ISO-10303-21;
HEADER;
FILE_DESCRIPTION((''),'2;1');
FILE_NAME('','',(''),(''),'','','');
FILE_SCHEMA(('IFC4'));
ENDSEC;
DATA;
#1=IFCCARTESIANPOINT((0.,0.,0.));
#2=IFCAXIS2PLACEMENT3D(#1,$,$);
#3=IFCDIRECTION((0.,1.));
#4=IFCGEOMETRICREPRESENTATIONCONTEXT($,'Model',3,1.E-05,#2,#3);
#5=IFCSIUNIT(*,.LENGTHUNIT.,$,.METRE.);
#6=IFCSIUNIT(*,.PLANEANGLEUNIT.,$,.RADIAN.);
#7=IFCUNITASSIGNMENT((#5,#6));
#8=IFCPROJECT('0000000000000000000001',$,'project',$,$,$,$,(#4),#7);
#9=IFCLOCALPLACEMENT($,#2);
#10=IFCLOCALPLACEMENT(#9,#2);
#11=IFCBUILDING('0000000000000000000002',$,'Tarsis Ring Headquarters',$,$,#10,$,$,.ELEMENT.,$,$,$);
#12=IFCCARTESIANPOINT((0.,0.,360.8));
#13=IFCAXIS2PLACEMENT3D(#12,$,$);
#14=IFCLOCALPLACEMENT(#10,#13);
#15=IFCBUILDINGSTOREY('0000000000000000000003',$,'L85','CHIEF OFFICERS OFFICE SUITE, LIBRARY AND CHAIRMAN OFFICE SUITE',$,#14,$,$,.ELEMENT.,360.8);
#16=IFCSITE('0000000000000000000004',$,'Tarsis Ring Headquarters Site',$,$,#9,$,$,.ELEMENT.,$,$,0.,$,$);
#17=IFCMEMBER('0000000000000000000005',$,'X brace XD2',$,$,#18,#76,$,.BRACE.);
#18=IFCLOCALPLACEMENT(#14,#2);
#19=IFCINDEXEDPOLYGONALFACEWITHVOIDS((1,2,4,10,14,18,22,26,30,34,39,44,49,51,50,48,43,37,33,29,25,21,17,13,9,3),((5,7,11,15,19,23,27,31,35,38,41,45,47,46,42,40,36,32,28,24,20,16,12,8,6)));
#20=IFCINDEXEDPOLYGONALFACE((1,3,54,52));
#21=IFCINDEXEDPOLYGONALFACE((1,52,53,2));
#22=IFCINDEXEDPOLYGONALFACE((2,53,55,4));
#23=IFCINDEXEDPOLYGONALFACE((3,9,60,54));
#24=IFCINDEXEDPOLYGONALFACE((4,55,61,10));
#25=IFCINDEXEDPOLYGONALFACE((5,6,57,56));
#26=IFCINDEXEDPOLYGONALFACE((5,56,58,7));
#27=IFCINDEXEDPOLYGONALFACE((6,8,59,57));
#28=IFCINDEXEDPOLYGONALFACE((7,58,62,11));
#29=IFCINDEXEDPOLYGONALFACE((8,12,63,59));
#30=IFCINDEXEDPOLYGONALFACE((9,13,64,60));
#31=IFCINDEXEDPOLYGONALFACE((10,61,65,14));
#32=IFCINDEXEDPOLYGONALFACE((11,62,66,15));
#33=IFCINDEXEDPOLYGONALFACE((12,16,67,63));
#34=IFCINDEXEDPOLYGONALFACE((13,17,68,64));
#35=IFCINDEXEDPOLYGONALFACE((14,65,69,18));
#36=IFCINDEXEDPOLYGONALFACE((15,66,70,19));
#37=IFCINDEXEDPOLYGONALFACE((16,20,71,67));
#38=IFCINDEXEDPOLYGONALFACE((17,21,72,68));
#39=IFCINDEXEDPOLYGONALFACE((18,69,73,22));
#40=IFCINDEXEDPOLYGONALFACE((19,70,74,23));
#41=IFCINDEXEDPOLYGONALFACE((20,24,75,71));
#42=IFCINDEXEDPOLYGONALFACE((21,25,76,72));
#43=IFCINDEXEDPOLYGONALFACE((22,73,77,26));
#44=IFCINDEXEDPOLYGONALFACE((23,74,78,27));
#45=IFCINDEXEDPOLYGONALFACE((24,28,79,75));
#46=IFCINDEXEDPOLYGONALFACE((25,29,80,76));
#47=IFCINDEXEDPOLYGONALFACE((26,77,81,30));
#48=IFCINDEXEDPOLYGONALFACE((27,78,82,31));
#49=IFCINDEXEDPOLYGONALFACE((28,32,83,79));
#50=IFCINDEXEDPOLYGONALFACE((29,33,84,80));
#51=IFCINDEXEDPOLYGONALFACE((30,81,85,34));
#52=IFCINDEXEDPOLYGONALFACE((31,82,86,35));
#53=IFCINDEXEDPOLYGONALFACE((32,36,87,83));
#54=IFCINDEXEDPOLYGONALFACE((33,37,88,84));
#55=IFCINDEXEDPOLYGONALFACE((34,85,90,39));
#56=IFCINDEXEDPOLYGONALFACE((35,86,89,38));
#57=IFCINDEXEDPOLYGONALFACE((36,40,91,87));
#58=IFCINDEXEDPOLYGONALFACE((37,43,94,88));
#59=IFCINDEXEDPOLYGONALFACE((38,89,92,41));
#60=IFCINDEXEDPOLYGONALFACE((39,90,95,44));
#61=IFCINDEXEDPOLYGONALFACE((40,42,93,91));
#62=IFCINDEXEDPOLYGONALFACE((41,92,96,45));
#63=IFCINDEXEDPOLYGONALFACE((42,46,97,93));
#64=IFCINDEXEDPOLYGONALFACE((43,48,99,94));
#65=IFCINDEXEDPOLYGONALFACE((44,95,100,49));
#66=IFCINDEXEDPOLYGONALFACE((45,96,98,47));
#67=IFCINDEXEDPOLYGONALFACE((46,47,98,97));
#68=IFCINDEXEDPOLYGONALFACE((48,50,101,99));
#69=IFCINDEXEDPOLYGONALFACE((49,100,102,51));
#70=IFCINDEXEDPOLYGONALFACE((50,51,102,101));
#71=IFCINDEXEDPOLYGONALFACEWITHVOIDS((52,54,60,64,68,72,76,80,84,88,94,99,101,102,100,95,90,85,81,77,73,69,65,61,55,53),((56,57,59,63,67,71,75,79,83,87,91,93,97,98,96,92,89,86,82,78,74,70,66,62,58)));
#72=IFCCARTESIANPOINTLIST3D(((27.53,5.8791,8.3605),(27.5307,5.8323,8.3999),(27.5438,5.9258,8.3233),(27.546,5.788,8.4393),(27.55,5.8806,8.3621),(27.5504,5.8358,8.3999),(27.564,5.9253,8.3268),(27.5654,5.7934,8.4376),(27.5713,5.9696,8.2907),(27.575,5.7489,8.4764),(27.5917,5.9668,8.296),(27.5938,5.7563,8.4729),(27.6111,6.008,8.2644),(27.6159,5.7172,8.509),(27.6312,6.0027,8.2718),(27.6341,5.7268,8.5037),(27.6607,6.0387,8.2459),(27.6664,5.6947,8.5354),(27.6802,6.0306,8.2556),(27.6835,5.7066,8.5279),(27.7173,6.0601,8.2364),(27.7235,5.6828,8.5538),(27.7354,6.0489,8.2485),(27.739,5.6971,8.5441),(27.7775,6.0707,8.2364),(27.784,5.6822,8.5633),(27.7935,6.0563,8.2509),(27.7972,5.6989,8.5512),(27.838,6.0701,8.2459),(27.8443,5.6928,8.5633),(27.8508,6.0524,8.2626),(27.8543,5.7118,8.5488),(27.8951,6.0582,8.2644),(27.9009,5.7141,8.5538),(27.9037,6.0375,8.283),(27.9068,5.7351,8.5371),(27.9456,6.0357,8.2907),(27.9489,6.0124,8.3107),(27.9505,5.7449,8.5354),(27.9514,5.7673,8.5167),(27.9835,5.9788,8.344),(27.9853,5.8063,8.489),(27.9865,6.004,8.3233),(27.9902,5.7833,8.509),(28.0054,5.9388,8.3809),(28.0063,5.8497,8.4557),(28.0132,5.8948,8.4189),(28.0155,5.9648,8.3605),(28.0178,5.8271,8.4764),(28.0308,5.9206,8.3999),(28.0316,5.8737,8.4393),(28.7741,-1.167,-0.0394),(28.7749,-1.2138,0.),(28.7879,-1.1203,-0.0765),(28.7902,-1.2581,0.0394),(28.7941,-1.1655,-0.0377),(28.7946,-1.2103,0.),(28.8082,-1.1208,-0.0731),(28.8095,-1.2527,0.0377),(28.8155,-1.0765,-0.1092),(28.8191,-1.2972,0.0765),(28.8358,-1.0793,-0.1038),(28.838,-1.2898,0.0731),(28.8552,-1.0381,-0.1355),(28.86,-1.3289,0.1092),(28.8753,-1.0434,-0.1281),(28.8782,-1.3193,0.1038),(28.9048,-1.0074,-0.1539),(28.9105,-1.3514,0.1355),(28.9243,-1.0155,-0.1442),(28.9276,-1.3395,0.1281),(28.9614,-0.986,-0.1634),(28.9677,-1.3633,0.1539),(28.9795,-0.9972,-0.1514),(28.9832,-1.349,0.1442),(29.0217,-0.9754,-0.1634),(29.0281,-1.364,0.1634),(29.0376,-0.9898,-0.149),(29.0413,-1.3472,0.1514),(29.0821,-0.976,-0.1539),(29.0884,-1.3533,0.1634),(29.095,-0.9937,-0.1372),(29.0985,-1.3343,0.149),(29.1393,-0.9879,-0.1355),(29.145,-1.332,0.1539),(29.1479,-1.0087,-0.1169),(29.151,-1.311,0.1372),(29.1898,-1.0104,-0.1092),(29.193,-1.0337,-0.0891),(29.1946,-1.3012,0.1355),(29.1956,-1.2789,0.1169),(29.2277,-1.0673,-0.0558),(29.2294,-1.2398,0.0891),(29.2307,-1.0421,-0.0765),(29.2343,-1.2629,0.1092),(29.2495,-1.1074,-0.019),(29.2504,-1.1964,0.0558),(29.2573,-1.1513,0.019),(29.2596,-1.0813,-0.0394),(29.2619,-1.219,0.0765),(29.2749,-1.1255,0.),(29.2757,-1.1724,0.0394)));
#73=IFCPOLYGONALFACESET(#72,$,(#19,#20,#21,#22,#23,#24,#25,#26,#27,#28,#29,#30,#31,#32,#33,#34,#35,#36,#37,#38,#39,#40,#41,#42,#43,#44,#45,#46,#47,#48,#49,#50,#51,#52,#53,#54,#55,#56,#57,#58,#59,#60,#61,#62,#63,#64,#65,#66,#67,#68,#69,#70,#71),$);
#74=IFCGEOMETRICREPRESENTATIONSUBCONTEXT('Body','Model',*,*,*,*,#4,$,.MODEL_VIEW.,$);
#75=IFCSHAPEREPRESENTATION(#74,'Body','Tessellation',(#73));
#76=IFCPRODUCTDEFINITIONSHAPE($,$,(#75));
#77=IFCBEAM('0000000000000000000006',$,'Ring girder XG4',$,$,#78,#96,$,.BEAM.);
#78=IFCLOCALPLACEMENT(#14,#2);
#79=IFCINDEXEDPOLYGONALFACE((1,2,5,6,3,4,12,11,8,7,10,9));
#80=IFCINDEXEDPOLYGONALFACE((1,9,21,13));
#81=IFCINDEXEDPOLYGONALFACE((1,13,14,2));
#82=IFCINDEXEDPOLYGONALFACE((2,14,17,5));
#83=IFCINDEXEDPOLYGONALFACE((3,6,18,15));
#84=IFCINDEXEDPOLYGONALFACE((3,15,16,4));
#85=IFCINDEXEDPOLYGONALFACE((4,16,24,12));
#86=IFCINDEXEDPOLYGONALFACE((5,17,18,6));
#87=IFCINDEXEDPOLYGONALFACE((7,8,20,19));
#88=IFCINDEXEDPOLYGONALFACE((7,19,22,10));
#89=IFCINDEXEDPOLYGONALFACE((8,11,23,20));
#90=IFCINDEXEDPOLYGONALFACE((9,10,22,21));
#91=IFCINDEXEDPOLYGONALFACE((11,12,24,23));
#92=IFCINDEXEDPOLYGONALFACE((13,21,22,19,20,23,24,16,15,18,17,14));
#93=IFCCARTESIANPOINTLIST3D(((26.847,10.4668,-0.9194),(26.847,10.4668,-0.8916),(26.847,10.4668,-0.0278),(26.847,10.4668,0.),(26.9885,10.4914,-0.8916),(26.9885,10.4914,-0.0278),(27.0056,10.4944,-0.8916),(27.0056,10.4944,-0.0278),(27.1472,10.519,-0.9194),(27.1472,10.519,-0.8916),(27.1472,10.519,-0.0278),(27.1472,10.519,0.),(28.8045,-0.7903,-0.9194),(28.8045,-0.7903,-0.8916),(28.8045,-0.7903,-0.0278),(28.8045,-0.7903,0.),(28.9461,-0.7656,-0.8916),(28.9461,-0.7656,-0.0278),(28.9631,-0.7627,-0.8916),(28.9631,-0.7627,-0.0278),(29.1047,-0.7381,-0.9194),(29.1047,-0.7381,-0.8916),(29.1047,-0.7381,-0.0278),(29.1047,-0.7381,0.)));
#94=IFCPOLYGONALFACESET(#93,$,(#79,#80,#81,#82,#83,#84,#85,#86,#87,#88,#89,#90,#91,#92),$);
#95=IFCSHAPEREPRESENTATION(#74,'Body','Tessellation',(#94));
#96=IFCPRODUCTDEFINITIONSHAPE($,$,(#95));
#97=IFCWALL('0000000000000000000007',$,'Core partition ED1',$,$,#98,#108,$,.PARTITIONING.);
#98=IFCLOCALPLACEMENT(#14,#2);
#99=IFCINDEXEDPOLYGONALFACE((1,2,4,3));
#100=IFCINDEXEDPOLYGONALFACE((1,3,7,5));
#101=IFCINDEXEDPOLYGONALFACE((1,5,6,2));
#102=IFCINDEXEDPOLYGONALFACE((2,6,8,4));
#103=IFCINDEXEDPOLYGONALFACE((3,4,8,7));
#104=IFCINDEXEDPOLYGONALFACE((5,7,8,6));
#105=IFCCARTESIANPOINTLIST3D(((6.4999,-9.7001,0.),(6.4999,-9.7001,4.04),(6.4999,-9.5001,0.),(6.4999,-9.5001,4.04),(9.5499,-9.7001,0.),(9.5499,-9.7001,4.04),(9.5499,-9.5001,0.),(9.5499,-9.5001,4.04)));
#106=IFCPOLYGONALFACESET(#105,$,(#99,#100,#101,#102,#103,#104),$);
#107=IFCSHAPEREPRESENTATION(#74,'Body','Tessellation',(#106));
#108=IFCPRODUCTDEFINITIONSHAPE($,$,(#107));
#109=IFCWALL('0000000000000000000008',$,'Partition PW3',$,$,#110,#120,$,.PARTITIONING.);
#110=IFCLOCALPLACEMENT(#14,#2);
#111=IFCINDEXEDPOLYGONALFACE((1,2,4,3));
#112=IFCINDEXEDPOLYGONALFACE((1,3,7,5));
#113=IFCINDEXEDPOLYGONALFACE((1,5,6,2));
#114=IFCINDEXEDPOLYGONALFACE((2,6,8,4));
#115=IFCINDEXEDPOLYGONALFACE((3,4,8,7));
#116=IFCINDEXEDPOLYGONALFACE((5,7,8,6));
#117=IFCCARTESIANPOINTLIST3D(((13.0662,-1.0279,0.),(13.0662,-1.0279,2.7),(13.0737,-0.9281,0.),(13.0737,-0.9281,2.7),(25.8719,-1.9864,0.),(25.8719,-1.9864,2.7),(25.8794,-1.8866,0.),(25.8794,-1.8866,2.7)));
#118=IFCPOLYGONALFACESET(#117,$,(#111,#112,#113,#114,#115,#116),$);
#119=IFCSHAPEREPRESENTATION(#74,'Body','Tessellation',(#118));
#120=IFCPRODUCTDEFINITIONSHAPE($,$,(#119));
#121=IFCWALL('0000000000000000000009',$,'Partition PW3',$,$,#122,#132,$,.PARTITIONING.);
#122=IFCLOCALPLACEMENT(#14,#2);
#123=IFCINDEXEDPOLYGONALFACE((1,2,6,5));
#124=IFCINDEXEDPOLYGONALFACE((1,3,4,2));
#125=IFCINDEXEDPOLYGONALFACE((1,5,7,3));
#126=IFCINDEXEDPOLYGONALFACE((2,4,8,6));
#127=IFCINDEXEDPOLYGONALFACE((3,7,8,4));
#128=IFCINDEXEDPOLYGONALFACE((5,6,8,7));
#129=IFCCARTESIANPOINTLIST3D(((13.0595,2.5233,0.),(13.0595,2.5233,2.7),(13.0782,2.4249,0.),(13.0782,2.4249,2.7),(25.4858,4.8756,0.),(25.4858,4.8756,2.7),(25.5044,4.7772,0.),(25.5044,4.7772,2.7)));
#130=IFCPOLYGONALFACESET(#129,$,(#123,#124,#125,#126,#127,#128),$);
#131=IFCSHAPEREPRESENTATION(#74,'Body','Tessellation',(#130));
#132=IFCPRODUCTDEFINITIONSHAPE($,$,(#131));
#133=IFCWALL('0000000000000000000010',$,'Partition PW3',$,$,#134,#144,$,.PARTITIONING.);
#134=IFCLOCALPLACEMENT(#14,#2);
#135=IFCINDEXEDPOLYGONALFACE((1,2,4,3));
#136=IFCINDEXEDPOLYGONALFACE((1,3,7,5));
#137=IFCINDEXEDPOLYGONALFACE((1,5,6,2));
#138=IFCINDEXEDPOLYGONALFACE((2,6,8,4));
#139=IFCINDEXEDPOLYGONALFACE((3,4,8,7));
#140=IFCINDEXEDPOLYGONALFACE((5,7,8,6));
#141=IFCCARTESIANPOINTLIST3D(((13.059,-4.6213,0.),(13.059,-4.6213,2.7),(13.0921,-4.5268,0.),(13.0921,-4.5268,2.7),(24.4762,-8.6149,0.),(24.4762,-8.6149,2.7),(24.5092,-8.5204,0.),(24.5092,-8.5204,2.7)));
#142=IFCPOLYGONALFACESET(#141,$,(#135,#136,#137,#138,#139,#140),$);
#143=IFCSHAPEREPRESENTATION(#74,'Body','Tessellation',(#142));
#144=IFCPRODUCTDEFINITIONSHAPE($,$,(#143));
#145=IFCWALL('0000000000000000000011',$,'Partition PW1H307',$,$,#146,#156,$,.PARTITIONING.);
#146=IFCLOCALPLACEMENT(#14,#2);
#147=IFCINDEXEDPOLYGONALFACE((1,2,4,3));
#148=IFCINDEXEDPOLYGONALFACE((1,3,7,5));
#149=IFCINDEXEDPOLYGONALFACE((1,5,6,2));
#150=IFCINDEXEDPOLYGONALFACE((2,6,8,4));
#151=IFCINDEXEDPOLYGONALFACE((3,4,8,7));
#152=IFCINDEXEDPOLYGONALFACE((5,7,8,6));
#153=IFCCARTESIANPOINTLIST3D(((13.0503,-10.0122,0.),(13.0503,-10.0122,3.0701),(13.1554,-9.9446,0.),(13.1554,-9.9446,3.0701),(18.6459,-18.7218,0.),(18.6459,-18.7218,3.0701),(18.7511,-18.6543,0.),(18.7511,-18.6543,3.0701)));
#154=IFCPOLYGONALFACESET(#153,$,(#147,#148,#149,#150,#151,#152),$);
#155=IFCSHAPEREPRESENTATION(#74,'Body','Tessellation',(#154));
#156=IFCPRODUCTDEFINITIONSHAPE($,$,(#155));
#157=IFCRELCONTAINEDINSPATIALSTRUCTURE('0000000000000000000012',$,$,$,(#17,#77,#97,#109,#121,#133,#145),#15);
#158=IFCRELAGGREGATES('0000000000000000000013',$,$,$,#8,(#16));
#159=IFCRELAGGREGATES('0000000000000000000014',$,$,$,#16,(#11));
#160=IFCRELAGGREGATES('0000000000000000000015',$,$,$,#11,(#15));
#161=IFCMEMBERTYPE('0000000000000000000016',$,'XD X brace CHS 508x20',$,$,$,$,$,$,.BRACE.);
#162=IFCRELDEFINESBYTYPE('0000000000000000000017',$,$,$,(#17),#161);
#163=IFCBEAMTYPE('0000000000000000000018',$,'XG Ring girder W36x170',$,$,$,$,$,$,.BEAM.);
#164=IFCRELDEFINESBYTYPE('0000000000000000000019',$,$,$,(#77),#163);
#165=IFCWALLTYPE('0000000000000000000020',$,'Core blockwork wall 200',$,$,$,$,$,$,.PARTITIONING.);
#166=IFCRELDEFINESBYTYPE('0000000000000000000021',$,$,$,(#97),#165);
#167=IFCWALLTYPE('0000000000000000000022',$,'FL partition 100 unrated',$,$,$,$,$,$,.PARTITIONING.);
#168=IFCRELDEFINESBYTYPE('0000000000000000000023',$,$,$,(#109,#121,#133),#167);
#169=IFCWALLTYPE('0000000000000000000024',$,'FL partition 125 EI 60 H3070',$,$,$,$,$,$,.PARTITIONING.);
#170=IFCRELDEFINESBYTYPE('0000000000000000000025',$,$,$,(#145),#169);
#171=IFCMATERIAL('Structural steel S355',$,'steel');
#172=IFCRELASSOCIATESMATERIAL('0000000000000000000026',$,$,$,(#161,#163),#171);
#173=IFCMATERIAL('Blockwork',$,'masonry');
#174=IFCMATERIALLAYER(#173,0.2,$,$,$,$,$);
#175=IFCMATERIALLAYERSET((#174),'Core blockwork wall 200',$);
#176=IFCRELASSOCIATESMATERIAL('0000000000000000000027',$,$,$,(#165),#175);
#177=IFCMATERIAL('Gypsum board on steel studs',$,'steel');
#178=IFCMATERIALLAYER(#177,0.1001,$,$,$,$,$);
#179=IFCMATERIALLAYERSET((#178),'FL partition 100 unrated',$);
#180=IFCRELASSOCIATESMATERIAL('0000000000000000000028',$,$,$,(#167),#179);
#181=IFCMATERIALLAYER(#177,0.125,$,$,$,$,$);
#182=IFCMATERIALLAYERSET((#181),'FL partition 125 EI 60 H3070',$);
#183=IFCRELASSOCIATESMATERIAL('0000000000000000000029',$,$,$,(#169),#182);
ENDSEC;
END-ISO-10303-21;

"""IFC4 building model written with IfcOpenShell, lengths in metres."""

from ifc_helpers import new_model, si_unit, direction, frame, frame_2d, origin, origin_2d, place, context, subcontext, project, spatial, rectangle, hollow_circle, i_section, extrude, material, layer, layer_set, material_profile, profile_set, type_object, element, save


model = new_model("IFC4")

# Units and contexts
model_context = context("Model", 3, precision=1e-05, world=origin(), true_north=direction((0.0, 1.0)))
body_context = subcontext(model_context, "Body", "Model", "MODEL_VIEW")
ifc_project = project(units=[si_unit("LENGTHUNIT", "METRE"), si_unit("PLANEANGLEUNIT", "RADIAN")], contexts=[model_context])

# Site, building, storey
site_placement = place(None, origin())
site = spatial("IfcSite", under=ifc_project, at=site_placement, Name="Tarsis Ring Headquarters Site", CompositionType="ELEMENT", RefElevation=0.0)
building_placement = place(site_placement, origin())
building = spatial("IfcBuilding", under=site, at=building_placement, Name="Tarsis Ring Headquarters", CompositionType="ELEMENT")
storey_placement = place(building_placement, frame((0.0, 0.0, 360.8)))
storey = spatial("IfcBuildingStorey", under=building, at=storey_placement, Name="L85", Description="CHIEF OFFICERS OFFICE SUITE, LIBRARY AND CHAIRMAN OFFICE SUITE", CompositionType="ELEMENT", Elevation=360.8)

# Shared definitions
ifc_material_1 = material(Name="Structural steel S355", Category="steel")

# Shared definitions
ifc_material_profile_1 = material_profile(ifc_material_1, i_section(OverallWidth=0.3047, OverallDepth=0.9194, WebThickness=0.0173, FlangeThickness=0.0278, at=origin_2d()), Name="W36x170")
ifc_profile_set_1 = profile_set([ifc_material_profile_1], Name="Structural steel S355")

# Member
ifc_material_profile_2 = material_profile(ifc_material_1, hollow_circle(Radius=0.2539, WallThickness=0.02, at=origin_2d()), Name="CHS 508x20")
ifc_profile_set_2 = profile_set([ifc_material_profile_2], Name="Structural steel S355")
member_type = type_object("IfcMemberType", Name="XD X brace CHS 508x20", PredefinedType="BRACE", material=ifc_profile_set_2)
member_placement = place(storey_placement, frame((29.0249, -1.1697, 0.0), z_axis=(-0.112753, 0.638571, 0.761258), x_axis=(-0.984767, -0.173881, 0.0)))
element("IfcMember", 1, at=member_placement, inside=storey, type_object=member_type, Name="X brace XD2", PredefinedType="BRACE", context=body_context, shape_type="SweptSolid", body=[
    extrude(hollow_circle(Radius=0.2539, WallThickness=0.02, at=origin_2d()), origin(), (0.0, 0.0, 1.0), 11.0342),
])

# Beam
beam_type_1 = type_object("IfcBeamType", Name="XG Ring girder W36x170", PredefinedType="BEAM", material=ifc_profile_set_1)
beam_1_placement = place(storey_placement, frame((28.9546, -0.7642, -0.4597), z_axis=(-0.171321, 0.985215, 0.0), x_axis=(-0.985215, -0.171321, 0.0)))
element("IfcBeam", 2, at=beam_1_placement, inside=storey, type_object=beam_type_1, Name="Ring girder XG4", PredefinedType="BEAM", context=body_context, shape_type="SweptSolid", body=[
    extrude(i_section(OverallWidth=0.3047, OverallDepth=0.9194, WebThickness=0.0173, FlangeThickness=0.0278, at=origin_2d()), origin(), (0.0, 0.0, 1.0), 11.426),
])

# Walls
ifc_material_2 = material(Name="Blockwork", Category="masonry")
ifc_layer_1 = layer(ifc_material_2, 0.2)
ifc_layer_set_1 = layer_set([ifc_layer_1], Name="Core blockwork wall 200")
wall_type_1 = type_object("IfcWallType", Name="Core blockwork wall 200", PredefinedType="PARTITIONING", material=ifc_layer_set_1)
wall_1_placement = place(storey_placement, frame((6.5, -9.6001, 0.0), z_axis=(0.0, 0.0, 1.0), x_axis=(1.0, 0.0, 0.0)))
element("IfcWall", 3, at=wall_1_placement, inside=storey, type_object=wall_type_1, Name="Core partition ED1", PredefinedType="PARTITIONING", context=body_context, shape_type="SweptSolid", body=[
    extrude(rectangle(XDim=3.05, YDim=0.2, at=frame_2d((1.5249, 0.0))), origin(), (0.0, 0.0, 1.0), 4.04),
])
ifc_material_3 = material(Name="Gypsum board on steel studs", Category="steel")
ifc_layer_2 = layer(ifc_material_3, 0.1001)
ifc_layer_set_2 = layer_set([ifc_layer_2], Name="FL partition 100 unrated")
wall_type_2 = type_object("IfcWallType", Name="FL partition 100 unrated", PredefinedType="PARTITIONING", material=ifc_layer_set_2)
wall_2_placement = place(storey_placement, frame((13.0698, -0.978, 0.0), z_axis=(0.0, 0.0, 1.0), x_axis=(0.997211, -0.074641, 0.0)))
element("IfcWall", 4, at=wall_2_placement, inside=storey, type_object=wall_type_2, Name="Partition PW3", PredefinedType="PARTITIONING", context=body_context, shape_type="SweptSolid", body=[
    extrude(rectangle(XDim=12.8416, YDim=0.1001, at=frame_2d((6.4209, 0.0))), origin(), (0.0, 0.0, 1.0), 2.7),
])
wall_3_placement = place(storey_placement, frame((13.0688, 2.4741, 0.0), z_axis=(0.0, 0.0, 1.0), x_axis=(0.98255, 0.185997, 0.0)))
element("IfcWall", 5, at=wall_3_placement, inside=storey, type_object=wall_type_2, Name="Partition PW3", PredefinedType="PARTITIONING", context=body_context, shape_type="SweptSolid", body=[
    extrude(rectangle(XDim=12.647, YDim=0.1001, at=frame_2d((6.3235, 0.0))), origin(), (0.0, 0.0, 1.0), 2.7),
])
wall_4_placement = place(storey_placement, frame((13.0754, -4.574, 0.0), z_axis=(0.0, 0.0, 1.0), x_axis=(0.94392, -0.330175, 0.0)))
element("IfcWall", 6, at=wall_4_placement, inside=storey, type_object=wall_type_2, Name="Partition PW3", PredefinedType="PARTITIONING", context=body_context, shape_type="SweptSolid", body=[
    extrude(rectangle(XDim=12.0955, YDim=0.1001, at=frame_2d((6.0479, 0.0))), origin(), (0.0, 0.0, 1.0), 2.7),
])
ifc_layer_3 = layer(ifc_material_3, 0.125)
ifc_layer_set_3 = layer_set([ifc_layer_3], Name="FL partition 125 EI 60 H3070")
wall_type_3 = type_object("IfcWallType", Name="FL partition 125 EI 60 H3070", PredefinedType="PARTITIONING", material=ifc_layer_set_3)
wall_5_placement = place(storey_placement, frame((13.1028, -9.9783, 0.0), z_axis=(0.0, 0.0, 1.0), x_axis=(0.540525, -0.841328, 0.0)))
element("IfcWall", 7, at=wall_5_placement, inside=storey, type_object=wall_type_3, Name="Partition PW1H307", PredefinedType="PARTITIONING", context=body_context, shape_type="SweptSolid", body=[
    extrude(rectangle(XDim=10.3523, YDim=0.125, at=frame_2d((5.1763, 0.0))), origin(), (0.0, 0.0, 1.0), 3.0701),
])

save(model, "model.ifc")
